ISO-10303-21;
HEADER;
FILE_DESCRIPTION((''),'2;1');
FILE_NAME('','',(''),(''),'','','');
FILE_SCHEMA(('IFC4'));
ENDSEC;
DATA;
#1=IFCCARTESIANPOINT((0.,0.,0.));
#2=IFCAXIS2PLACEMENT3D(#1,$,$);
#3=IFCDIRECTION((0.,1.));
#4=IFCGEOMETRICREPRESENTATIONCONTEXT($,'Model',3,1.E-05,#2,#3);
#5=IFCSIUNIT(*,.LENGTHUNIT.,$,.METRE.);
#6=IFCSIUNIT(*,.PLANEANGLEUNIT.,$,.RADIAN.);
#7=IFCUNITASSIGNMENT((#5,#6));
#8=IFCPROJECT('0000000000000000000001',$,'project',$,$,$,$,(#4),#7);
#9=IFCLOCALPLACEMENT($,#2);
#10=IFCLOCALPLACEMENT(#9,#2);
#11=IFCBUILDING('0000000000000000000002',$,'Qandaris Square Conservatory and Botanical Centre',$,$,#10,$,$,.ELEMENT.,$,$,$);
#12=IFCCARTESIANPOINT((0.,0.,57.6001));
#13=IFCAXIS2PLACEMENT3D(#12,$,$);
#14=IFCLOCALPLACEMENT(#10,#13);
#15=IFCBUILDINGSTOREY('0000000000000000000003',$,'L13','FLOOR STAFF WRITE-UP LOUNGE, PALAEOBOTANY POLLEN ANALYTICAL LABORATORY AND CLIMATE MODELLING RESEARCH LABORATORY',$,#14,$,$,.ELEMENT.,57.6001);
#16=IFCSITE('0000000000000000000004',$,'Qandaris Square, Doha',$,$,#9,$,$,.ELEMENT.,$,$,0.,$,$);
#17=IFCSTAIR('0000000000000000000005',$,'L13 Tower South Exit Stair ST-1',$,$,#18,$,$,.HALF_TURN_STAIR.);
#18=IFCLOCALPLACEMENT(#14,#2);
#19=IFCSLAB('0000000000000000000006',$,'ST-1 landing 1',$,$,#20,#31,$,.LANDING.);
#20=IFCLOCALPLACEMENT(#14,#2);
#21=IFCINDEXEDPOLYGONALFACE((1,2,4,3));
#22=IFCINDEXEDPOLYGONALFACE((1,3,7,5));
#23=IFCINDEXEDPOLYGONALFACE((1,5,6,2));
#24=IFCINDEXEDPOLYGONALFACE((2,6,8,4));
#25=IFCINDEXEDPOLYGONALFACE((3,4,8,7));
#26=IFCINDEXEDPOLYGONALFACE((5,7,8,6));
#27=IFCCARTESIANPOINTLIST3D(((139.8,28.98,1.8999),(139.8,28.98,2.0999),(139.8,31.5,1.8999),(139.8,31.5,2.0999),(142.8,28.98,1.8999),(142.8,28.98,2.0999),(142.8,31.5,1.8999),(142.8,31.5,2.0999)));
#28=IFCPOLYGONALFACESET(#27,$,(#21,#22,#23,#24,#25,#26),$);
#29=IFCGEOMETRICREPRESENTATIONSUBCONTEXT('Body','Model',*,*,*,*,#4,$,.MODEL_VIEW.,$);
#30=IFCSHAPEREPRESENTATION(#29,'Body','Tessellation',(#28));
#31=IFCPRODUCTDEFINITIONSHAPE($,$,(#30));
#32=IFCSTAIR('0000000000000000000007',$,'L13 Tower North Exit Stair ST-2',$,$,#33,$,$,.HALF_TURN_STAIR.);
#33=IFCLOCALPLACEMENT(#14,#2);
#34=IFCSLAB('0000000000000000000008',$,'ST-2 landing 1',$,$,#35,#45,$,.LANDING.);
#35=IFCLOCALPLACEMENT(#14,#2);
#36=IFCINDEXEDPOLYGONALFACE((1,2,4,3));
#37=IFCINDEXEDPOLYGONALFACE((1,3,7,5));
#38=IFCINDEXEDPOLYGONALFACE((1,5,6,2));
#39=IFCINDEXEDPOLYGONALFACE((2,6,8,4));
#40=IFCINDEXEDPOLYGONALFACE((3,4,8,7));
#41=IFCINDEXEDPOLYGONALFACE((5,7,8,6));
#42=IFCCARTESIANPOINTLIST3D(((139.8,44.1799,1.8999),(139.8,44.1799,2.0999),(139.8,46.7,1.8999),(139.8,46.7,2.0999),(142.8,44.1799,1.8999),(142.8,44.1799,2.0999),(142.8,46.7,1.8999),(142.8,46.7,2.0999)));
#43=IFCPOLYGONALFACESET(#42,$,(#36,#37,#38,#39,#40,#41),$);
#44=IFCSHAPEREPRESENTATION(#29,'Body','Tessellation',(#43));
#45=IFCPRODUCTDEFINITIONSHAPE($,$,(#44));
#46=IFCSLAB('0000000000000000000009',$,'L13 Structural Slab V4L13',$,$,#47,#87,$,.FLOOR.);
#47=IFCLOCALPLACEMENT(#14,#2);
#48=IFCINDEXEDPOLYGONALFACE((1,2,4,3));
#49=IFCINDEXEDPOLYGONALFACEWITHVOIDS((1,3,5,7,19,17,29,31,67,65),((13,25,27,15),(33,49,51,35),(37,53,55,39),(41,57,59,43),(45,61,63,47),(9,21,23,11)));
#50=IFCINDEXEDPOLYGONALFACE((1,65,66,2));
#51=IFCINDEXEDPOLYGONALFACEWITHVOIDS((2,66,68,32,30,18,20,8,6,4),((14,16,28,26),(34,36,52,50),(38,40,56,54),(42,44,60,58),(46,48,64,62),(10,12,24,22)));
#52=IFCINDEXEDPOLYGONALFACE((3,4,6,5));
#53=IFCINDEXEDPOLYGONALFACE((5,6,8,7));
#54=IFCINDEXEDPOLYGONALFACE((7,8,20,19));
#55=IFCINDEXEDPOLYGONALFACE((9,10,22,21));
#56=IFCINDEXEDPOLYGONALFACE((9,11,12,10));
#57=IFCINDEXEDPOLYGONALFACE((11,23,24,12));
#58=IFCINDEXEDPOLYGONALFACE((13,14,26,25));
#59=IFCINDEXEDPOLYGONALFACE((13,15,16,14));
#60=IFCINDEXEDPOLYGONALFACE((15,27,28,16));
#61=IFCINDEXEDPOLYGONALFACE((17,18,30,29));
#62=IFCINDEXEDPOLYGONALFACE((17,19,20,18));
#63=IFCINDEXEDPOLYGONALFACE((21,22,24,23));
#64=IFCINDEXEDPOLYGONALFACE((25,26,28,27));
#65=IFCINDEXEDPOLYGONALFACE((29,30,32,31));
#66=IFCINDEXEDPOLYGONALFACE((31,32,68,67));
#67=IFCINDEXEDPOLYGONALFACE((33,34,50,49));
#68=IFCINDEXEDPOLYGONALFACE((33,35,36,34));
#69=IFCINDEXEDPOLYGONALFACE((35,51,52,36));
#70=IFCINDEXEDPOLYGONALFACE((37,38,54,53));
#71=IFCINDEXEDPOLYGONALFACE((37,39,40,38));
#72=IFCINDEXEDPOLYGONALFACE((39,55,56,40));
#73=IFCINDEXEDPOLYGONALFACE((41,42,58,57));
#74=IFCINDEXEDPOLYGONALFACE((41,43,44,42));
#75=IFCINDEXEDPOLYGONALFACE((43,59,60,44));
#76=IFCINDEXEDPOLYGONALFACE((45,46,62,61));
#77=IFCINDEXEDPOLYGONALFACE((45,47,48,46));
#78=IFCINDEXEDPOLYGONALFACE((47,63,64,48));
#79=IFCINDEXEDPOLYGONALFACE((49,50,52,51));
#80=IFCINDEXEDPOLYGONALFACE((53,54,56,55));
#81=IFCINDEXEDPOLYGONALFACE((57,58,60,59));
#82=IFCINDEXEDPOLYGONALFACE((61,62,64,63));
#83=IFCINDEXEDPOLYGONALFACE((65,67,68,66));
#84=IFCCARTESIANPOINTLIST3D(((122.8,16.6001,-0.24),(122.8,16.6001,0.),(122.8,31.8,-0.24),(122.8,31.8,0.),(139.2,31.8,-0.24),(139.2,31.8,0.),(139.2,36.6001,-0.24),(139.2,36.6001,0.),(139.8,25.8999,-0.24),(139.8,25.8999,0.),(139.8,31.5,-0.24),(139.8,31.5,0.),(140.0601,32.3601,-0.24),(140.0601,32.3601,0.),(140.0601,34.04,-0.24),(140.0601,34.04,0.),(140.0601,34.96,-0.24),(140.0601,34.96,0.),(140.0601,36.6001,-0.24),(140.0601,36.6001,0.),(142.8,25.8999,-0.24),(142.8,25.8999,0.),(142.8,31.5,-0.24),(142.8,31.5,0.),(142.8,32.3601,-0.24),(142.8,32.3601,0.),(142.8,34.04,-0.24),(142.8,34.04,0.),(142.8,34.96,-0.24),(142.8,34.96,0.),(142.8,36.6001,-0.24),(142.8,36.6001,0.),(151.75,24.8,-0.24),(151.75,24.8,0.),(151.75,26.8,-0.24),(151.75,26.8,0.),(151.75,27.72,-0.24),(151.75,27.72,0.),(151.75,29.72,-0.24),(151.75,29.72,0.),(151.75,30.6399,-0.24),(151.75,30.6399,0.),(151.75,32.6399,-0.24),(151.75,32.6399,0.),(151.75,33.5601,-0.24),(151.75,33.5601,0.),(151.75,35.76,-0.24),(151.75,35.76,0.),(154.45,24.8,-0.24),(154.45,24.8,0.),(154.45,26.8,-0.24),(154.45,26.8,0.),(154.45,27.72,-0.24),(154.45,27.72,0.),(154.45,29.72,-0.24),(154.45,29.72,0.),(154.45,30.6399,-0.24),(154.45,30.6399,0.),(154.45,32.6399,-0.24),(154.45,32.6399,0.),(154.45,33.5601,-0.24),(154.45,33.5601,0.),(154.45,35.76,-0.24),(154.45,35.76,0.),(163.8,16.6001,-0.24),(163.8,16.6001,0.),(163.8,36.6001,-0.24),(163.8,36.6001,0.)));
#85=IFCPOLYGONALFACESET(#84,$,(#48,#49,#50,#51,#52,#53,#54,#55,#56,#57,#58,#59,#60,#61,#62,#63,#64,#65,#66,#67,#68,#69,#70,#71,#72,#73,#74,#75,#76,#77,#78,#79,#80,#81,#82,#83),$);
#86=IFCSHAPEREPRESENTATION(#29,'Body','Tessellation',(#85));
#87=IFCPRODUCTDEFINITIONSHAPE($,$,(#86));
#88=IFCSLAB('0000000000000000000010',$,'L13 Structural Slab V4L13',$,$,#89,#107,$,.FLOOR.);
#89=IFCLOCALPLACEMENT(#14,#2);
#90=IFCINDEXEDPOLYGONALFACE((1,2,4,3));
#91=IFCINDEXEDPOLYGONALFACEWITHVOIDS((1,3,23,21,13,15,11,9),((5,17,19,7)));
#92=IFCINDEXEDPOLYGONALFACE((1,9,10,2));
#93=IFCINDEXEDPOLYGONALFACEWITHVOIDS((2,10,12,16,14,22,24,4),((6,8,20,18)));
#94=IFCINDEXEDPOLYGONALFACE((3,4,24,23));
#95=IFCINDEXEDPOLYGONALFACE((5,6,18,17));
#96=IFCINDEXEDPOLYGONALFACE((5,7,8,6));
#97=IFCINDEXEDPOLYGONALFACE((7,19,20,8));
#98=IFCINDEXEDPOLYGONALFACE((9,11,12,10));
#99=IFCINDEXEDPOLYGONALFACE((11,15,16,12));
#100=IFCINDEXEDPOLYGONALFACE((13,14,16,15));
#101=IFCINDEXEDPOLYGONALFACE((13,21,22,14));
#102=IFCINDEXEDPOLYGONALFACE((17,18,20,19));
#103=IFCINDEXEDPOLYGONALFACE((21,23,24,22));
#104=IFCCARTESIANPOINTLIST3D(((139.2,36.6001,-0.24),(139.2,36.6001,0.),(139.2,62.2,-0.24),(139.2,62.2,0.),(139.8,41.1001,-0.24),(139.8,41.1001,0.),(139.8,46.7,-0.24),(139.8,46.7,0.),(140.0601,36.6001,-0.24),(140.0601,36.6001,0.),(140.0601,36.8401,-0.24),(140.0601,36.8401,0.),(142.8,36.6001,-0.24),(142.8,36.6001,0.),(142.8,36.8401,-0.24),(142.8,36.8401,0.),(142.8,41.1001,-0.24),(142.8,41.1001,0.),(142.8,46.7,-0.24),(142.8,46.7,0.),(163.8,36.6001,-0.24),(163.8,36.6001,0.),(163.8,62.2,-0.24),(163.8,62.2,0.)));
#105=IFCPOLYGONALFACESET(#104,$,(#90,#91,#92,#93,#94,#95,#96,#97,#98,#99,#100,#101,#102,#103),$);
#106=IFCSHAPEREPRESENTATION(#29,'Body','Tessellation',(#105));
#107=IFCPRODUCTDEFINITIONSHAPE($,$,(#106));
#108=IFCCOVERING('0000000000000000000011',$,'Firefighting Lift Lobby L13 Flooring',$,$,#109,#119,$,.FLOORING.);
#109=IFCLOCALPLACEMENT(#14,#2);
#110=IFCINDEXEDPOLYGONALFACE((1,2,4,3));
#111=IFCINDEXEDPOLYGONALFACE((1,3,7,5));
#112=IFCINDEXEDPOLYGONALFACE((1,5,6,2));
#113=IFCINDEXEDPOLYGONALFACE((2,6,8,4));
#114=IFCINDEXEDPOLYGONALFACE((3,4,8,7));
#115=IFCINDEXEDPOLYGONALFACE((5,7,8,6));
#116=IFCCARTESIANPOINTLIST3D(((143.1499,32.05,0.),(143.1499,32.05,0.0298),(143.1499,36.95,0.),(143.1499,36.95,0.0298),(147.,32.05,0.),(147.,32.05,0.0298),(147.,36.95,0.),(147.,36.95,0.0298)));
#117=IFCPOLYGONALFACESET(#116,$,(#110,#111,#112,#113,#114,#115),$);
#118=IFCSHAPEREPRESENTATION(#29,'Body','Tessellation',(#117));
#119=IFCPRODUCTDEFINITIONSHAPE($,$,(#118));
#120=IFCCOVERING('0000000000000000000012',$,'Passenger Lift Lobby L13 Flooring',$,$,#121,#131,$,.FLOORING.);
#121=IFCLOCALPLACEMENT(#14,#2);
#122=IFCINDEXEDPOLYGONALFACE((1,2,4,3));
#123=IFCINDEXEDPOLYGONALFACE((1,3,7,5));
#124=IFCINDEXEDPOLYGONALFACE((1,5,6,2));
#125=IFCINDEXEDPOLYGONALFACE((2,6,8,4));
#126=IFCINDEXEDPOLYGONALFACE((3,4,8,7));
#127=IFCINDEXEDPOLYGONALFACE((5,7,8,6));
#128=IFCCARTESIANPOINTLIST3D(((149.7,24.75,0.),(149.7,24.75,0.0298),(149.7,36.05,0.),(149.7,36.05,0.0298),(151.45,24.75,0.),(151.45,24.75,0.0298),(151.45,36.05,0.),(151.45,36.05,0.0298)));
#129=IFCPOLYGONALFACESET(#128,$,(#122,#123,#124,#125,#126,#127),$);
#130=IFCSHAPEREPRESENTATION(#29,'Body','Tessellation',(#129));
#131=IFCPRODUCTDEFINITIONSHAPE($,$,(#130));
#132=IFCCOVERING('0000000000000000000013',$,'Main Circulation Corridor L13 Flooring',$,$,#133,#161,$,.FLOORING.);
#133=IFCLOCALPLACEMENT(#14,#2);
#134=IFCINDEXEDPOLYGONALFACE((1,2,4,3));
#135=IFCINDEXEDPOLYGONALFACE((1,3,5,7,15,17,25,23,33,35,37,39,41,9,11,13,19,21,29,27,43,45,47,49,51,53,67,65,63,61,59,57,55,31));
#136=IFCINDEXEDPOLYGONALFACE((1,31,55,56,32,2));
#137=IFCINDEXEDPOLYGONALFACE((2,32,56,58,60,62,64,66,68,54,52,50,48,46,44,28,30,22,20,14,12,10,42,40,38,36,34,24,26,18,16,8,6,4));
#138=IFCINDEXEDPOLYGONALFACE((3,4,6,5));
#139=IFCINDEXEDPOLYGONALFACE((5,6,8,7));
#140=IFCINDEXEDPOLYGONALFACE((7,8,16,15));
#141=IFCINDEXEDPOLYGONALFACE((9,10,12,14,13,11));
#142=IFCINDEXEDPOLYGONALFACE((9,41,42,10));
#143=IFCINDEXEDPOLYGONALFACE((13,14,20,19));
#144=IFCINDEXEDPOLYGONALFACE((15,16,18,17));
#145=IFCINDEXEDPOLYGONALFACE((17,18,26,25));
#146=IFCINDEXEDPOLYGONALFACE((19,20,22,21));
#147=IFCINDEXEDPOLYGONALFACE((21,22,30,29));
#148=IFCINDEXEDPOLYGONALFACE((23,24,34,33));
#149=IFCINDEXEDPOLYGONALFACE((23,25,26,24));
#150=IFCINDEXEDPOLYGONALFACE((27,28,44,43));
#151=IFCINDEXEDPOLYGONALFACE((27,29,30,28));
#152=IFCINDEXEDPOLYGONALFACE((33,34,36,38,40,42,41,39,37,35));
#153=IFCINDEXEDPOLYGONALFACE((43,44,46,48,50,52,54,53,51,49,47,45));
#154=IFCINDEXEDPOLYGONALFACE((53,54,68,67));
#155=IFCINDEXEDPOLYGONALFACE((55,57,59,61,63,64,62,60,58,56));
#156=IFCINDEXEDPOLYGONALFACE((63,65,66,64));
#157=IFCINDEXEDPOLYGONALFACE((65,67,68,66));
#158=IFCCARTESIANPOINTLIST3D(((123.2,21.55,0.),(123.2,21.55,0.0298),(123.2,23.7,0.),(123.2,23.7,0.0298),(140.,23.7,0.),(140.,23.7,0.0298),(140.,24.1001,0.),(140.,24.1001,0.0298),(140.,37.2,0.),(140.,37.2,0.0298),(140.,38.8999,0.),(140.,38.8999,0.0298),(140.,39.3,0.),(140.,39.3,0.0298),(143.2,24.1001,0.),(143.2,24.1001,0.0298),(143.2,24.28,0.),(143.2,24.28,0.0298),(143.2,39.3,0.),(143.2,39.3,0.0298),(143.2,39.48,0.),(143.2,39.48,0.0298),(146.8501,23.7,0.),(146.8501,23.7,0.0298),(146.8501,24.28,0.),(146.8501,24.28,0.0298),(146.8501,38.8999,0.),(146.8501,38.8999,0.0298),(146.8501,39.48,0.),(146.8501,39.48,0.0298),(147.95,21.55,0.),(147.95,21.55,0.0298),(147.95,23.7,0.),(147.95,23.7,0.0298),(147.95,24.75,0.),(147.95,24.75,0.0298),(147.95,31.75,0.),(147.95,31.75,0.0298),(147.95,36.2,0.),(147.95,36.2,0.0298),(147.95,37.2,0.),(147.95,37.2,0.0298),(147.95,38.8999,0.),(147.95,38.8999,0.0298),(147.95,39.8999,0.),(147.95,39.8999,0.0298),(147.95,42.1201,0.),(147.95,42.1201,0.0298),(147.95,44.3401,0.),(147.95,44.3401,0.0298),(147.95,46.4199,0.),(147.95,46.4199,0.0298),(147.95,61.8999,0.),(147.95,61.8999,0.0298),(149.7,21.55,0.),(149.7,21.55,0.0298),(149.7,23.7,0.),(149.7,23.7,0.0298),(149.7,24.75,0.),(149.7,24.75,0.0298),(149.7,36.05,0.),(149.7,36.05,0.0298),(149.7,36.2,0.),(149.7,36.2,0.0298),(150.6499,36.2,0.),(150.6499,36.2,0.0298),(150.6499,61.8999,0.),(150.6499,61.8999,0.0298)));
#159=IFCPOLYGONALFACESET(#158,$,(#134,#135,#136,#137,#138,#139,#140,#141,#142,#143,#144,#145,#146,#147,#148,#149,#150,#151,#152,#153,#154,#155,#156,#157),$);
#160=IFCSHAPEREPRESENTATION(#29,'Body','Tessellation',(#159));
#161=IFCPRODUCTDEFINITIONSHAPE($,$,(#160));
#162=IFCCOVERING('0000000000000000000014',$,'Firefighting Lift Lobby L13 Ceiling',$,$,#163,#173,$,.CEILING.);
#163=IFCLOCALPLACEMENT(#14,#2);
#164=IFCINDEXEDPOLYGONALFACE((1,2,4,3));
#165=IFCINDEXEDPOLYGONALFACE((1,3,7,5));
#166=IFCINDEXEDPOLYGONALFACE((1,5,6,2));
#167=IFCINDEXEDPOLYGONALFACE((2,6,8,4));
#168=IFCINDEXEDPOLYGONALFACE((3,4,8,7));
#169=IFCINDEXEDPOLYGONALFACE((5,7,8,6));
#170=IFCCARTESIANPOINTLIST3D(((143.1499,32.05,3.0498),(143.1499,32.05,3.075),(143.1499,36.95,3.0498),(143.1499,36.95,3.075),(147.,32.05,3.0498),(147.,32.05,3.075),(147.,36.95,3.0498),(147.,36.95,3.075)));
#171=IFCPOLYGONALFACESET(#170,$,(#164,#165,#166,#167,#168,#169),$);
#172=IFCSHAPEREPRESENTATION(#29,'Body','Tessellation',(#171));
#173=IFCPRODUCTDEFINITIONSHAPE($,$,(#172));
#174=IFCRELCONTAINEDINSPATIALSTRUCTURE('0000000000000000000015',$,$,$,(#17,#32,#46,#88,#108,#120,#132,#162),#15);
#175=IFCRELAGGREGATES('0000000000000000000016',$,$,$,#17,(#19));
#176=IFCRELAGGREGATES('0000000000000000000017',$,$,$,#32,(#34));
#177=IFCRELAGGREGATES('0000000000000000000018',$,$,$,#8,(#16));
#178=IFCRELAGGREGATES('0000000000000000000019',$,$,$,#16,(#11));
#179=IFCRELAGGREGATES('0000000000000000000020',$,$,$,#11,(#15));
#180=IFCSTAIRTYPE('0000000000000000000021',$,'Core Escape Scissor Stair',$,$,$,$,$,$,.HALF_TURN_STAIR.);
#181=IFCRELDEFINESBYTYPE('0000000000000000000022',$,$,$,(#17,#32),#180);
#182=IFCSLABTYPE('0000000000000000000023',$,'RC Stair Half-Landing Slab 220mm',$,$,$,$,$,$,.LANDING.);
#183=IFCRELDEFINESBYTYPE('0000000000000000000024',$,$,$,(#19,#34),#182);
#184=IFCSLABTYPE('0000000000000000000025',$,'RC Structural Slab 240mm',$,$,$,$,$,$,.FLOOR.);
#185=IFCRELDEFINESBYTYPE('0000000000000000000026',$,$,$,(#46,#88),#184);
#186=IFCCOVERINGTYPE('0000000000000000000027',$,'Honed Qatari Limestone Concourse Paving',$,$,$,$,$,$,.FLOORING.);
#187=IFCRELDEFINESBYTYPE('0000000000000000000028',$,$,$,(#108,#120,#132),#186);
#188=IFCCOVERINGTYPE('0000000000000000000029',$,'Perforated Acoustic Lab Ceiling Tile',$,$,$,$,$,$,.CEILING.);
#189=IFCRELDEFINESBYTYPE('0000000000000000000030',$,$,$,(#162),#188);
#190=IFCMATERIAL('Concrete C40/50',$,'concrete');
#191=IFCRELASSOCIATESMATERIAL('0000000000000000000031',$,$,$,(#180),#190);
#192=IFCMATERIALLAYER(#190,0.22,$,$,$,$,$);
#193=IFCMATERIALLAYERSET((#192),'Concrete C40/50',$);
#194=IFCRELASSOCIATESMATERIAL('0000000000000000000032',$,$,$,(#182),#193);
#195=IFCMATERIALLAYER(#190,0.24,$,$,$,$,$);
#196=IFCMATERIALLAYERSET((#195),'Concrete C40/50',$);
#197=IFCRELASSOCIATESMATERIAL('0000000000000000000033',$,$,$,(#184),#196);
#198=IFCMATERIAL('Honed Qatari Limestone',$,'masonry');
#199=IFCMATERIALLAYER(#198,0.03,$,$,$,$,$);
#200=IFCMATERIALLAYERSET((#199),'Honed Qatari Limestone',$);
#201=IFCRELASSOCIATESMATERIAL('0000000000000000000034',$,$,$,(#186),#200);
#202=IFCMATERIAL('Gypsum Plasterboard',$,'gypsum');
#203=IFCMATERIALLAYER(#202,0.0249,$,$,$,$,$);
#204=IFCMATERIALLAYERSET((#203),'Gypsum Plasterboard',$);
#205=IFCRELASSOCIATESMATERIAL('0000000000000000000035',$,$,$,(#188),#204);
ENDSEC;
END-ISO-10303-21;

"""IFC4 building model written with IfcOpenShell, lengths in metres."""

from ifc_helpers import new_model, si_unit, direction, frame, origin, place, context, subcontext, project, spatial, polyline, outline, extrude, material, layer, layer_set, type_object, element, aggregate, save


model = new_model("IFC4")

# Units and contexts
model_context = context("Model", 3, precision=1e-05, world=origin(), true_north=direction((0.0, 1.0)))
body_context = subcontext(model_context, "Body", "Model", "MODEL_VIEW")
ifc_project = project(units=[si_unit("LENGTHUNIT", "METRE"), si_unit("PLANEANGLEUNIT", "RADIAN")], contexts=[model_context])

# Site, building, storey
site_placement = place(None, origin())
site = spatial("IfcSite", under=ifc_project, at=site_placement, Name="Qandaris Square, Doha", CompositionType="ELEMENT", RefElevation=0.0)
building_placement = place(site_placement, origin())
building = spatial("IfcBuilding", under=site, at=building_placement, Name="Qandaris Square Conservatory and Botanical Centre", CompositionType="ELEMENT")
storey_placement = place(building_placement, frame((0.0, 0.0, 57.6001)))
storey = spatial("IfcBuildingStorey", under=building, at=storey_placement, Name="L13", Description="FLOOR STAFF WRITE-UP LOUNGE, PALAEOBOTANY POLLEN ANALYTICAL LABORATORY AND CLIMATE MODELLING RESEARCH LABORATORY", CompositionType="ELEMENT", Elevation=57.6001)

# Stairs, slabs
ifc_material_1 = material(Name="Concrete C40/50", Category="concrete")
stair_type = type_object("IfcStairType", Name="Core Escape Scissor Stair", PredefinedType="HALF_TURN_STAIR", material=ifc_material_1)
stair_1_placement = place(storey_placement, origin())
stair_1 = element("IfcStair", 1, at=stair_1_placement, inside=storey, type_object=stair_type, Name="L13 Tower South Exit Stair ST-1", PredefinedType="HALF_TURN_STAIR")
ifc_layer_1 = layer(ifc_material_1, 0.22)
ifc_layer_set_1 = layer_set([ifc_layer_1], Name="Concrete C40/50")
slab_type_1 = type_object("IfcSlabType", Name="RC Stair Half-Landing Slab 220mm", PredefinedType="LANDING", material=ifc_layer_set_1)
slab_1_placement = place(storey_placement, frame((0.0, 0.0, 1.8999)))
slab_1 = element("IfcSlab", 2, at=slab_1_placement, type_object=slab_type_1, Name="ST-1 landing 1", PredefinedType="LANDING", context=body_context, shape_type="SweptSolid", body=[
    extrude(outline(polyline([(142.8, 28.98), (142.8, 31.5), (139.8, 31.5), (139.8, 28.98), (142.8, 28.98)])), origin(), (0.0, 0.0, 1.0), 0.2),
])
aggregate(stair_1, [slab_1])
stair_2_placement = place(storey_placement, origin())
stair_2 = element("IfcStair", 3, at=stair_2_placement, inside=storey, type_object=stair_type, Name="L13 Tower North Exit Stair ST-2", PredefinedType="HALF_TURN_STAIR")
slab_2_placement = place(storey_placement, frame((0.0, 0.0, 1.8999)))
slab_2 = element("IfcSlab", 4, at=slab_2_placement, type_object=slab_type_1, Name="ST-2 landing 1", PredefinedType="LANDING", context=body_context, shape_type="SweptSolid", body=[
    extrude(outline(polyline([(142.8, 44.1799), (142.8, 46.7), (139.8, 46.7), (139.8, 44.1799), (142.8, 44.1799)])), origin(), (0.0, 0.0, 1.0), 0.2),
])
aggregate(stair_2, [slab_2])

# Slabs
ifc_layer_2 = layer(ifc_material_1, 0.24)
ifc_layer_set_2 = layer_set([ifc_layer_2], Name="Concrete C40/50")
slab_type_2 = type_object("IfcSlabType", Name="RC Structural Slab 240mm", PredefinedType="FLOOR", material=ifc_layer_set_2)
slab_3_placement = place(storey_placement, frame((0.0, 0.0, -0.24)))
element("IfcSlab", 5, at=slab_3_placement, inside=storey, type_object=slab_type_2, Name="L13 Structural Slab V4L13", PredefinedType="FLOOR", context=body_context, shape_type="SweptSolid", body=[
    extrude(outline(polyline([(139.2, 31.8), (139.2, 36.6001), (140.0601, 36.6001), (140.0601, 34.96), (142.8, 34.96), (142.8, 36.6001), (163.8, 36.6001), (163.8, 16.6001), (122.8, 16.6001), (122.8, 31.8), (139.2, 31.8)]), holes=[polyline([(151.75, 24.8), (154.45, 24.8), (154.45, 26.8), (151.75, 26.8), (151.75, 24.8)]), polyline([(139.8, 25.8999), (142.8, 25.8999), (142.8, 31.5), (139.8, 31.5), (139.8, 25.8999)]), polyline([(151.75, 27.72), (154.45, 27.72), (154.45, 29.72), (151.75, 29.72), (151.75, 27.72)]), polyline([(151.75, 30.6399), (154.45, 30.6399), (154.45, 32.6399), (151.75, 32.6399), (151.75, 30.6399)]), polyline([(140.0601, 32.3601), (142.8, 32.3601), (142.8, 34.04), (140.0601, 34.04), (140.0601, 32.3601)]), polyline([(151.75, 33.5601), (154.45, 33.5601), (154.45, 35.76), (151.75, 35.76), (151.75, 33.5601)])]), origin(), (0.0, 0.0, 1.0), 0.24),
])
slab_4_placement = place(storey_placement, frame((0.0, 0.0, -0.24)))
element("IfcSlab", 6, at=slab_4_placement, inside=storey, type_object=slab_type_2, Name="L13 Structural Slab V4L13", PredefinedType="FLOOR", context=body_context, shape_type="SweptSolid", body=[
    extrude(outline(polyline([(139.2, 62.2), (163.8, 62.2), (163.8, 36.6001), (142.8, 36.6001), (142.8, 36.8401), (140.0601, 36.8401), (140.0601, 36.6001), (139.2, 36.6001), (139.2, 62.2)]), holes=[polyline([(139.8, 41.1001), (142.8, 41.1001), (142.8, 46.7), (139.8, 46.7), (139.8, 41.1001)])]), origin(), (0.0, 0.0, 1.0), 0.24),
])

# Coverings
ifc_material_2 = material(Name="Honed Qatari Limestone", Category="masonry")
ifc_layer_3 = layer(ifc_material_2, 0.03)
ifc_layer_set_3 = layer_set([ifc_layer_3], Name="Honed Qatari Limestone")
covering_type_1 = type_object("IfcCoveringType", Name="Honed Qatari Limestone Concourse Paving", PredefinedType="FLOORING", material=ifc_layer_set_3)
covering_1_placement = place(storey_placement, origin())
element("IfcCovering", 7, at=covering_1_placement, inside=storey, type_object=covering_type_1, Name="Firefighting Lift Lobby L13 Flooring", PredefinedType="FLOORING", context=body_context, shape_type="SweptSolid", body=[
    extrude(outline(polyline([(143.1499, 36.95), (147.0, 36.95), (147.0, 32.05), (143.1499, 32.05), (143.1499, 36.95)])), origin(), (0.0, 0.0, 1.0), 0.0298),
])
covering_2_placement = place(storey_placement, origin())
element("IfcCovering", 8, at=covering_2_placement, inside=storey, type_object=covering_type_1, Name="Passenger Lift Lobby L13 Flooring", PredefinedType="FLOORING", context=body_context, shape_type="SweptSolid", body=[
    extrude(outline(polyline([(149.7, 36.05), (151.45, 36.05), (151.45, 24.75), (149.7, 24.75), (149.7, 36.05)])), origin(), (0.0, 0.0, 1.0), 0.0298),
])
covering_3_placement = place(storey_placement, origin())
element("IfcCovering", 9, at=covering_3_placement, inside=storey, type_object=covering_type_1, Name="Main Circulation Corridor L13 Flooring", PredefinedType="FLOORING", context=body_context, shape_type="SweptSolid", body=[
    extrude(outline(polyline([(140.0, 24.1001), (143.2, 24.1001), (143.2, 24.28), (146.8501, 24.28), (146.8501, 23.7), (147.95, 23.7), (147.95, 24.75), (147.95, 31.75), (147.95, 36.2), (147.95, 37.2), (140.0, 37.2), (140.0, 38.8999), (140.0, 39.3), (143.2, 39.3), (143.2, 39.48), (146.8501, 39.48), (146.8501, 38.8999), (147.95, 38.8999), (147.95, 39.8999), (147.95, 42.1201), (147.95, 44.3401), (147.95, 46.4199), (147.95, 61.8999), (150.6499, 61.8999), (150.6499, 36.2), (149.7, 36.2), (149.7, 36.05), (149.7, 24.75), (149.7, 23.7), (149.7, 21.55), (147.95, 21.55), (123.2, 21.55), (123.2, 23.7), (140.0, 23.7), (140.0, 24.1001)])), origin(), (0.0, 0.0, 1.0), 0.0298),
])
ifc_material_3 = material(Name="Gypsum Plasterboard", Category="gypsum")
ifc_layer_4 = layer(ifc_material_3, 0.0249)
ifc_layer_set_4 = layer_set([ifc_layer_4], Name="Gypsum Plasterboard")
covering_type_2 = type_object("IfcCoveringType", Name="Perforated Acoustic Lab Ceiling Tile", PredefinedType="CEILING", material=ifc_layer_set_4)
covering_4_placement = place(storey_placement, frame((0.0, 0.0, 3.0498)))
element("IfcCovering", 10, at=covering_4_placement, inside=storey, type_object=covering_type_2, Name="Firefighting Lift Lobby L13 Ceiling", PredefinedType="CEILING", context=body_context, shape_type="SweptSolid", body=[
    extrude(outline(polyline([(143.1499, 36.95), (147.0, 36.95), (147.0, 32.05), (143.1499, 32.05), (143.1499, 36.95)])), origin(), (0.0, 0.0, 1.0), 0.0251),
])

save(model, "model.ifc")
